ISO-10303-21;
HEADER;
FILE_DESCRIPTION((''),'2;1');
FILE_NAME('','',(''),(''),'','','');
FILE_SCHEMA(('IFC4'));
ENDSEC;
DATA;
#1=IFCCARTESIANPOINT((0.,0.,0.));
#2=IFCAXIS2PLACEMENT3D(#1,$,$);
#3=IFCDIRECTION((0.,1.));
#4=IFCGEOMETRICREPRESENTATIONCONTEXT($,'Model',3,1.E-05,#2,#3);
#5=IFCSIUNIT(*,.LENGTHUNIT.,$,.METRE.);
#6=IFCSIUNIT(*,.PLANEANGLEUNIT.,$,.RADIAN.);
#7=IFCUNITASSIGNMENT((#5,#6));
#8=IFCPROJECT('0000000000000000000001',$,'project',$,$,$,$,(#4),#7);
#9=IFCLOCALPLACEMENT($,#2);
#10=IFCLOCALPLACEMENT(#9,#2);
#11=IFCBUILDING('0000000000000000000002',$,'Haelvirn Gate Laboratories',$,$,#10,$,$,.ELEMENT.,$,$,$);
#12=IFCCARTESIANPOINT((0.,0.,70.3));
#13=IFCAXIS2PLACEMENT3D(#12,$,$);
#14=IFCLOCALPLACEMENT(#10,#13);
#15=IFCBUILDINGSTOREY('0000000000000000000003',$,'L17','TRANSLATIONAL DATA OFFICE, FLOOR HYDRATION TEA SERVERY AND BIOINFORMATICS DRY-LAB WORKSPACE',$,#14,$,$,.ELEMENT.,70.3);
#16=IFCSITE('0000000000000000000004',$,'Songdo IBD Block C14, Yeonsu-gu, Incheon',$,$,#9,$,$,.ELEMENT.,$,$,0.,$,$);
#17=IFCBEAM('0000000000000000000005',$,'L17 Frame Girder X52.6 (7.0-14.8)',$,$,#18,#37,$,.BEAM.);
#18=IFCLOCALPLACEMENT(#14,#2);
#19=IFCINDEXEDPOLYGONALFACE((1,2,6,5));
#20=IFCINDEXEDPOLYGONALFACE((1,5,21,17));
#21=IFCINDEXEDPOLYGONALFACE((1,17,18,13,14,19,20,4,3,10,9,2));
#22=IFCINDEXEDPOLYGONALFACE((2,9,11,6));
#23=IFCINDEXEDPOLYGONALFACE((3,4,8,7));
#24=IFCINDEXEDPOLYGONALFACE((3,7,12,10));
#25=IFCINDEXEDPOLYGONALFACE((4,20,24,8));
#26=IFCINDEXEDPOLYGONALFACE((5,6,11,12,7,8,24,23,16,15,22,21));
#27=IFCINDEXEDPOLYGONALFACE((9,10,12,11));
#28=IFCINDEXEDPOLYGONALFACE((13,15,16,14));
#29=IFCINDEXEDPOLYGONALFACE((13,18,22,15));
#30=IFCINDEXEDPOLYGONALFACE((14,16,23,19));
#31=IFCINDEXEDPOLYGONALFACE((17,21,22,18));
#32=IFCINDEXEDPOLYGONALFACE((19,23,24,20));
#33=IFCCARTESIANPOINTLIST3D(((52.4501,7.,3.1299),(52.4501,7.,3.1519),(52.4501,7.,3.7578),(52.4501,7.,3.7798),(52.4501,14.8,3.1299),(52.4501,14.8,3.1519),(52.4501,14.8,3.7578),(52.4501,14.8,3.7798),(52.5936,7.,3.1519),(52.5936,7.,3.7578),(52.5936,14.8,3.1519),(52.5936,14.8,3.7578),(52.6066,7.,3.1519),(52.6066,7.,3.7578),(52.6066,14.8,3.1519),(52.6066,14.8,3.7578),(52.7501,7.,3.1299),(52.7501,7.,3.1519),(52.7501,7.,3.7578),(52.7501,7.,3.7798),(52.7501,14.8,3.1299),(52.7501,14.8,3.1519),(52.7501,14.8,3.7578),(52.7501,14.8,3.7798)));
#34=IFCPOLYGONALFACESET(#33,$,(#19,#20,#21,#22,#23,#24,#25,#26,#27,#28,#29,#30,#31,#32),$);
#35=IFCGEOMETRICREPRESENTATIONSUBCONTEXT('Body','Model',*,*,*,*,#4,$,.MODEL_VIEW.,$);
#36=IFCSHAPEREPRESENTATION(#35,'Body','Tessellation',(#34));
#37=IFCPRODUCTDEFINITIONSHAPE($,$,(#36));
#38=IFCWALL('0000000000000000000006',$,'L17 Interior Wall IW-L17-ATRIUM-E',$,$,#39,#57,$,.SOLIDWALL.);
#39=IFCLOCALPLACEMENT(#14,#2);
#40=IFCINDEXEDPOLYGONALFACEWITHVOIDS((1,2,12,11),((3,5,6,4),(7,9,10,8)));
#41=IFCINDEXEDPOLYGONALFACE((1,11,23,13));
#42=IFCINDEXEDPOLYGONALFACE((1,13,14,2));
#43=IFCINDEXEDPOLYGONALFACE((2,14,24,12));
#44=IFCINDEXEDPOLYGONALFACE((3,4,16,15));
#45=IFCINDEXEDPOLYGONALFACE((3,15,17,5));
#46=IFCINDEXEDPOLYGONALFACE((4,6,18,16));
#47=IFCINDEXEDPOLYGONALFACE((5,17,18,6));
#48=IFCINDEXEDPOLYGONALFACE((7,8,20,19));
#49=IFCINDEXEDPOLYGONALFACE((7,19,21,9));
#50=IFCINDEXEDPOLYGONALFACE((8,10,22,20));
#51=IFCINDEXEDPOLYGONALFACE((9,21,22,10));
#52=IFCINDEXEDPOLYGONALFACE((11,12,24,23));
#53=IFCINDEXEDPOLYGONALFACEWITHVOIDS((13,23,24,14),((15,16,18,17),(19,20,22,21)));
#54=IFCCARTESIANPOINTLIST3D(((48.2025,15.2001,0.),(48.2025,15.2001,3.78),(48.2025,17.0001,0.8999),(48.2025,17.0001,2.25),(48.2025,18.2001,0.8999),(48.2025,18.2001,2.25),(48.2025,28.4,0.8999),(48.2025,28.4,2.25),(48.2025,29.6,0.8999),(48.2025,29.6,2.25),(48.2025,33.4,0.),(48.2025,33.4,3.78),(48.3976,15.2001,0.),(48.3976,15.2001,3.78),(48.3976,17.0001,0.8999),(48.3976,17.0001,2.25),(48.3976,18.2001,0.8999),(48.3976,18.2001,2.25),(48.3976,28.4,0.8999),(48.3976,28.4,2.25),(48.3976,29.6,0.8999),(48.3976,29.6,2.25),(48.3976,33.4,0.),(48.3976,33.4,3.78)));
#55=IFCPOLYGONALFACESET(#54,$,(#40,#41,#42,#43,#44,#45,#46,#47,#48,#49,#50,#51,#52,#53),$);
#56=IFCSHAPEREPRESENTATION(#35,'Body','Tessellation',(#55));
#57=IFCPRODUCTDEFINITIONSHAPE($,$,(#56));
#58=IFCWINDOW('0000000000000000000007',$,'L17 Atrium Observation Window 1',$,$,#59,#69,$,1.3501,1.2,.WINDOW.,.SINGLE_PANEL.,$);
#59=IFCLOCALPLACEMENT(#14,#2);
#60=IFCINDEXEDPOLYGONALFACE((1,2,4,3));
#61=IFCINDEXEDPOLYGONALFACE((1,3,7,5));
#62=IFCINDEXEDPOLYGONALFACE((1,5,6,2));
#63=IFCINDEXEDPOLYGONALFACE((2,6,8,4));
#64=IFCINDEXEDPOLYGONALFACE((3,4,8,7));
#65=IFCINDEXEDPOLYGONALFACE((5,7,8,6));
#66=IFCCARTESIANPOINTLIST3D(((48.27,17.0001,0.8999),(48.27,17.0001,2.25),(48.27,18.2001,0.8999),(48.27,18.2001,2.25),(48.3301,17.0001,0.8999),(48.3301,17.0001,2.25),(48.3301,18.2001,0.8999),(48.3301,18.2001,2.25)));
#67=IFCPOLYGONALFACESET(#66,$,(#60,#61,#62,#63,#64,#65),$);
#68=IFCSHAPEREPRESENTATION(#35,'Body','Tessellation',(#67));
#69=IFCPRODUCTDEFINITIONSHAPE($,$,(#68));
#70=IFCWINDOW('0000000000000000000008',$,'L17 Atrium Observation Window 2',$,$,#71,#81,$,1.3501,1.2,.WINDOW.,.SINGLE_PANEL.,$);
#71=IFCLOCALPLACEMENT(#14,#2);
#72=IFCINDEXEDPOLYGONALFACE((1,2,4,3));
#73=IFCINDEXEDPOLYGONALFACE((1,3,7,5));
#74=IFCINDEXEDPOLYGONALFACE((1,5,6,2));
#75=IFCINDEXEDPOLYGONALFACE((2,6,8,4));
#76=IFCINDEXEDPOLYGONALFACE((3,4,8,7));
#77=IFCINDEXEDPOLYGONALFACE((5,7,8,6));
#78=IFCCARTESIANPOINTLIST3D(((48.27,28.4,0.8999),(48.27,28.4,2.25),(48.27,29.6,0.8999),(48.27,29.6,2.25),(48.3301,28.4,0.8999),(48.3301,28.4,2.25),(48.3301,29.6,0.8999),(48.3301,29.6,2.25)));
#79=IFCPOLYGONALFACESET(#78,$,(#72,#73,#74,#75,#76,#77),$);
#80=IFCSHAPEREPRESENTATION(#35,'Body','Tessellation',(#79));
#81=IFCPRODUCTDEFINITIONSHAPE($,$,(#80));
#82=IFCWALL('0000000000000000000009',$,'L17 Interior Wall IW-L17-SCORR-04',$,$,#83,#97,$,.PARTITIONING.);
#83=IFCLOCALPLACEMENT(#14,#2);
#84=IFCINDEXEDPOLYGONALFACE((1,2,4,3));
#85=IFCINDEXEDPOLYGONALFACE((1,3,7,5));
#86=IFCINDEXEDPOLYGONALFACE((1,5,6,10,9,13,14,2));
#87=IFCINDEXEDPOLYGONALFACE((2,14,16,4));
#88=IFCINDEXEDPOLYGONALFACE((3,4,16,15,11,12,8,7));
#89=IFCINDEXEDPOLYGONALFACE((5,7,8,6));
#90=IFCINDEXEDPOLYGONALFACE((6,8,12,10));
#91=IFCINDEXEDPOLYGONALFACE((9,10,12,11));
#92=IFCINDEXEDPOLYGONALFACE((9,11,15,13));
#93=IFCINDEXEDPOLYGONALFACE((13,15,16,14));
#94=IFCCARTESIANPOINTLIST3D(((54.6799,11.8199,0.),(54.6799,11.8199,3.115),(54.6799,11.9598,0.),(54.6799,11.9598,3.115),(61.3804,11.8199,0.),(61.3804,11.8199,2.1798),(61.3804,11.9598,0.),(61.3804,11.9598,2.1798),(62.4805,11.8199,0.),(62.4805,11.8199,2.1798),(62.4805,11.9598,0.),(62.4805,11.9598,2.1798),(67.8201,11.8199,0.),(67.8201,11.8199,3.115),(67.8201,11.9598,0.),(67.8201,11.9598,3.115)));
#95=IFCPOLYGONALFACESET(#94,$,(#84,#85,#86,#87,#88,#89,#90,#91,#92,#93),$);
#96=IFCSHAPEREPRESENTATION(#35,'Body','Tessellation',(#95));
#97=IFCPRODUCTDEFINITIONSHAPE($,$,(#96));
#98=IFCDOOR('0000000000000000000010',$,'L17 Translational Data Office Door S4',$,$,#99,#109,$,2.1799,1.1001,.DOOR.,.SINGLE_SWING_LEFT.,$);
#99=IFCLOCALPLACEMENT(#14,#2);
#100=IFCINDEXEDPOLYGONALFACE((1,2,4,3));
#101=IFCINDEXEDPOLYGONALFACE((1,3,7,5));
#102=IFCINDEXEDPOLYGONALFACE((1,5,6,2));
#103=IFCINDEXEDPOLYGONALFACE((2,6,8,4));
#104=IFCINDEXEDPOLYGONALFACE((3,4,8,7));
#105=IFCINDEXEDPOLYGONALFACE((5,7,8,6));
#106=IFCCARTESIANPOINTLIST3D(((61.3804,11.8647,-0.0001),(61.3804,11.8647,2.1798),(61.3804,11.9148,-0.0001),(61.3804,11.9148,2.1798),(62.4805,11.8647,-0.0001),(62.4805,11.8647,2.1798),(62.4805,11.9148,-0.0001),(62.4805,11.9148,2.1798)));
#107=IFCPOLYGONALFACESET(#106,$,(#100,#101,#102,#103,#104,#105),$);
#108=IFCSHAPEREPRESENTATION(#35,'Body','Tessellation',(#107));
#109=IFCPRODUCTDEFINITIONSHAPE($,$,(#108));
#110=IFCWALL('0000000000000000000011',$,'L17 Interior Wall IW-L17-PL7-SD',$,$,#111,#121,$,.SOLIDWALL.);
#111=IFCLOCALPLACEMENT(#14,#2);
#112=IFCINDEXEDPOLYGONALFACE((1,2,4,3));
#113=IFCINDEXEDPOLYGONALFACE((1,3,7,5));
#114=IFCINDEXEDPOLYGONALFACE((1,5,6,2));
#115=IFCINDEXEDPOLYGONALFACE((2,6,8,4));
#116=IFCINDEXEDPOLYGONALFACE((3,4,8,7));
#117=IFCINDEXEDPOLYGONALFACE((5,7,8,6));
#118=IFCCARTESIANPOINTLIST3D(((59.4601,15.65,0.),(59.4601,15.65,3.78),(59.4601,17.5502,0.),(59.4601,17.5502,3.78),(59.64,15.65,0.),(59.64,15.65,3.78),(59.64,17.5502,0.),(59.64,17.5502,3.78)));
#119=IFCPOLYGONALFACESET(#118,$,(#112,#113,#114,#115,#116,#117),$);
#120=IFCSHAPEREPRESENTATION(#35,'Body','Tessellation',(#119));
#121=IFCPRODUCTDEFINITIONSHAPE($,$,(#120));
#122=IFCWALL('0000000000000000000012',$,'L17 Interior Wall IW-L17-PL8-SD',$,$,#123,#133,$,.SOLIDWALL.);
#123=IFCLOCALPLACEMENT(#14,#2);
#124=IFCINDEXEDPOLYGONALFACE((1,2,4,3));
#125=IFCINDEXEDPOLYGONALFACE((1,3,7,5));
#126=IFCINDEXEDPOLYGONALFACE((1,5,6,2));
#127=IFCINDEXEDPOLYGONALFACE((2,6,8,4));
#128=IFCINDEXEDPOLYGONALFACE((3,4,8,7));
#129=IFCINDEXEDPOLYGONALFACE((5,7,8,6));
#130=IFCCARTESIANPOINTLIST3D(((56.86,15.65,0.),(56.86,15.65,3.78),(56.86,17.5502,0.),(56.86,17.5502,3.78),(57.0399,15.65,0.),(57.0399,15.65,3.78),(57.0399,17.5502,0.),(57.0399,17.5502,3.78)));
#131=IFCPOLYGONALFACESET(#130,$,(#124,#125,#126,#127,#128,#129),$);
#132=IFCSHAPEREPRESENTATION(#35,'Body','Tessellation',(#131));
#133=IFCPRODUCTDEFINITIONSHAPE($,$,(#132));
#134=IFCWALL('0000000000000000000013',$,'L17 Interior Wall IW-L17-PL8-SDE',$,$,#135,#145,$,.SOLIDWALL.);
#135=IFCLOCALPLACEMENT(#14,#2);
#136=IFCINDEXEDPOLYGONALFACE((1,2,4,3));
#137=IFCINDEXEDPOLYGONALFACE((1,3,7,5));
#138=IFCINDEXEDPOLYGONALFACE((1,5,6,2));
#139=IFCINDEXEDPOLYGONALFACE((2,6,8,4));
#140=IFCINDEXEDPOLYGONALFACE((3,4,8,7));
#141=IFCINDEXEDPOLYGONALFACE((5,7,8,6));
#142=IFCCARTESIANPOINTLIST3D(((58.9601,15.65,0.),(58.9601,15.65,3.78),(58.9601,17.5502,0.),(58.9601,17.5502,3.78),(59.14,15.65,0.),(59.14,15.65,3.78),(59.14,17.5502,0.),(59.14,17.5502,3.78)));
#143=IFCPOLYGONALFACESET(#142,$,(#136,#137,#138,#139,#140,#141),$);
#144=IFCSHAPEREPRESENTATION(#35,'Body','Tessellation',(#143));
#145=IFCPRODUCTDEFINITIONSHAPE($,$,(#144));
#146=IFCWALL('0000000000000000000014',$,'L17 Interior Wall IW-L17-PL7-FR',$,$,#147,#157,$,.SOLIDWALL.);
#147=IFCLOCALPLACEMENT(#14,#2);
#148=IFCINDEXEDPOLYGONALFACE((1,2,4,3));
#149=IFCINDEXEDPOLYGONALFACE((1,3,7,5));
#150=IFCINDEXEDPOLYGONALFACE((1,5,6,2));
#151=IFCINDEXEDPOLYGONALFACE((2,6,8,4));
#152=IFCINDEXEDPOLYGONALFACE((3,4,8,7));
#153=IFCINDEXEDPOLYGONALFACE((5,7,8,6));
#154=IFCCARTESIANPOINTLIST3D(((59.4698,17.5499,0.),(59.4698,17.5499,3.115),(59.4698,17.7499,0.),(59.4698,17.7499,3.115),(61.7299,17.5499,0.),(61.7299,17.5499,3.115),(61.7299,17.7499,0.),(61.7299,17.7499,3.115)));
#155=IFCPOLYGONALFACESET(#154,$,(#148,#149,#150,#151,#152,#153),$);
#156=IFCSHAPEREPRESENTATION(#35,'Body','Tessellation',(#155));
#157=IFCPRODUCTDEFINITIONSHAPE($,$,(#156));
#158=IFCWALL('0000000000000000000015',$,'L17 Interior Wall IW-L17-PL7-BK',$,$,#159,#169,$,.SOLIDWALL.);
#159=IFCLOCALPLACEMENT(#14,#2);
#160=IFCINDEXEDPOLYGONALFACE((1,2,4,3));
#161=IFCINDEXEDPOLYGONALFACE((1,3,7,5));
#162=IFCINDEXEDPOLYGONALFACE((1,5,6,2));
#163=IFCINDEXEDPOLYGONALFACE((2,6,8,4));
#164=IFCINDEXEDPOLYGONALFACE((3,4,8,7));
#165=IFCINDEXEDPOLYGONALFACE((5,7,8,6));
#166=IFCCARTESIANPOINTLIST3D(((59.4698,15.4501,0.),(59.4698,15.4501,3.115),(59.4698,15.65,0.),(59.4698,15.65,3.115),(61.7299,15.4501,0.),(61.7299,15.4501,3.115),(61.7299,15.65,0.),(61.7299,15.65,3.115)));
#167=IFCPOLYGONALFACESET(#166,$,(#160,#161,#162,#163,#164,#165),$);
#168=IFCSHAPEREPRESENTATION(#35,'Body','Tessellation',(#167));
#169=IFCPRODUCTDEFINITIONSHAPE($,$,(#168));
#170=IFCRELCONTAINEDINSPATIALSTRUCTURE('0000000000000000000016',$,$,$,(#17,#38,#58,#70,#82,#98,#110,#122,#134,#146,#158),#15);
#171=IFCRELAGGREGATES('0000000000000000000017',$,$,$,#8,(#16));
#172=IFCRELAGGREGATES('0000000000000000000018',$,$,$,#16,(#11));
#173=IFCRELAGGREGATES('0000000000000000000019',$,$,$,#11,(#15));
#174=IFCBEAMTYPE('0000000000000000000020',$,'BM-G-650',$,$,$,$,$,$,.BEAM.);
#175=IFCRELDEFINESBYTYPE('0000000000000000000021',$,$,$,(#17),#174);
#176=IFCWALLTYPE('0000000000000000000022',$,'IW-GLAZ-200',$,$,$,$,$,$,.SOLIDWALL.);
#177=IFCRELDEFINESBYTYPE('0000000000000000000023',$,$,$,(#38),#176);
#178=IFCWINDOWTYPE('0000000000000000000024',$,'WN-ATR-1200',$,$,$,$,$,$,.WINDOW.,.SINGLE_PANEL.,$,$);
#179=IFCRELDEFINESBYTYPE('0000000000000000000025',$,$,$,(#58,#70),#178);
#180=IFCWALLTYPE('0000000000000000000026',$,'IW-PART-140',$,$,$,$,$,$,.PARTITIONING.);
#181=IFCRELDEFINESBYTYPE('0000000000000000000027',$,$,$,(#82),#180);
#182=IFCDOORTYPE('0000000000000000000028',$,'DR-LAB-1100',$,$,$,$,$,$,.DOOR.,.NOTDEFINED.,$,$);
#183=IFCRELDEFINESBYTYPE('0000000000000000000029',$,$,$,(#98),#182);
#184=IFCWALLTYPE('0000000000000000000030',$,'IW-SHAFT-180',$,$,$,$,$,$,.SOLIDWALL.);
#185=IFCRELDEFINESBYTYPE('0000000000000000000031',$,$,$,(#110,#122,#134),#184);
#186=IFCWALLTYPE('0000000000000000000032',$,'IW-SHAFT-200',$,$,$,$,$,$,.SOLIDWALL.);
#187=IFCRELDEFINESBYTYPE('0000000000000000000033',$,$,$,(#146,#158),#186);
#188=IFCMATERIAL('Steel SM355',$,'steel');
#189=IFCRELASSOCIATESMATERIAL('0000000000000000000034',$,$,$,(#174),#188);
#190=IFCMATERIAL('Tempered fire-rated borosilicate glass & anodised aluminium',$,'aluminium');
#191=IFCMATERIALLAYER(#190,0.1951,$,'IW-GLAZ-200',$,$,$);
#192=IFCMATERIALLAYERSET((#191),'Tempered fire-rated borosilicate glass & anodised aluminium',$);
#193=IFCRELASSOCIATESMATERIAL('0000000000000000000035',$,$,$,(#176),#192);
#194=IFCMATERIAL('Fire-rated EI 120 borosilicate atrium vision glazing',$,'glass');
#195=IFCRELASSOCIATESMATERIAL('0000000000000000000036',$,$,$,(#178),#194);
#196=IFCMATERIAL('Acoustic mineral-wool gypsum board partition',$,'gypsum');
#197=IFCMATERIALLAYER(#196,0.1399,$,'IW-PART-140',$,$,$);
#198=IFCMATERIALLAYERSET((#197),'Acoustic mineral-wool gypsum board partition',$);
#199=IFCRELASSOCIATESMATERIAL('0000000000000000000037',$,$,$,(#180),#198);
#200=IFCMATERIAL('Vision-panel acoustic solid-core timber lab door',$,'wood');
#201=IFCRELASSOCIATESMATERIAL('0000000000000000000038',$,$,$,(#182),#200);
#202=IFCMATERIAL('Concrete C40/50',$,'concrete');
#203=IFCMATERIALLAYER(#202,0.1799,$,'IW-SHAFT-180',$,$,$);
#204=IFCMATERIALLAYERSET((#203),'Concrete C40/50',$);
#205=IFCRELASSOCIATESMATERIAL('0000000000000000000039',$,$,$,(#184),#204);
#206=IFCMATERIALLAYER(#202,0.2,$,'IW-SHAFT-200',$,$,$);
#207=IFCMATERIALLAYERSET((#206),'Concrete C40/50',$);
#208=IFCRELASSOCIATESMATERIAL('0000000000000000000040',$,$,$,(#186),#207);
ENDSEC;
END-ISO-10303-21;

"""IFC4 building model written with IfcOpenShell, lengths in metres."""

from ifc_helpers import new_model, si_unit, direction, frame, frame_2d, origin, origin_2d, place, context, subcontext, project, spatial, rectangle, i_section, extrude, source, transform, mapped, material, layer, layer_set, material_profile, profile_set, type_object, type_shapes, element, fill, save


model = new_model("IFC4")

# Units and contexts
model_context = context("Model", 3, precision=1e-05, world=origin(), true_north=direction((0.0, 1.0)))
body_context = subcontext(model_context, "Body", "Model", "MODEL_VIEW")
ifc_project = project(units=[si_unit("LENGTHUNIT", "METRE"), si_unit("PLANEANGLEUNIT", "RADIAN")], contexts=[model_context])

# Site, building, storey
site_placement = place(None, origin())
site = spatial("IfcSite", under=ifc_project, at=site_placement, Name="Songdo IBD Block C14, Yeonsu-gu, Incheon", CompositionType="ELEMENT", RefElevation=0.0)
building_placement = place(site_placement, origin())
building = spatial("IfcBuilding", under=site, at=building_placement, Name="Haelvirn Gate Laboratories", CompositionType="ELEMENT")
storey_placement = place(building_placement, frame((0.0, 0.0, 70.3)))
storey = spatial("IfcBuildingStorey", under=building, at=storey_placement, Name="L17", Description="TRANSLATIONAL DATA OFFICE, FLOOR HYDRATION TEA SERVERY AND BIOINFORMATICS DRY-LAB WORKSPACE", CompositionType="ELEMENT", Elevation=70.3)

# Beam
ifc_material_1 = material(Name="Steel SM355", Category="steel")
ifc_material_profile_1 = material_profile(ifc_material_1, i_section(OverallWidth=0.3, OverallDepth=0.6499, WebThickness=0.0129, FlangeThickness=0.022, at=origin_2d()), Name="H-650x300x13x22")
ifc_profile_set_1 = profile_set([ifc_material_profile_1], Name="Steel SM355")
beam_type_1 = type_object("IfcBeamType", Name="BM-G-650", PredefinedType="BEAM", material=ifc_profile_set_1)
shared_shape_1 = source(origin(), body_context, "Body", "SweptSolid", [
    extrude(i_section(OverallWidth=0.3, OverallDepth=0.6499, WebThickness=0.0129, FlangeThickness=0.022, at=origin_2d()), origin(), (0.0, 0.0, 1.0), 7.8),
])
type_shapes(beam_type_1, [shared_shape_1])
beam_placement = place(storey_placement, frame((52.6001, 7.0, 3.4548), z_axis=(0.0, 1.0, 0.0), x_axis=(-1.0, 0.0, 0.0)))
element("IfcBeam", 1, at=beam_placement, inside=storey, type_object=beam_type_1, Name="L17 Frame Girder X52.6 (7.0-14.8)", PredefinedType="BEAM", context=body_context, shape_type="MappedRepresentation", body=[
    mapped(shared_shape_1, transform((0.0, 0.0, 0.0), scale=1.0)),
])

# Wall, openings, windows
ifc_material_2 = material(Name="Tempered fire-rated borosilicate glass & anodised aluminium", Category="aluminium")
ifc_layer_1 = layer(ifc_material_2, 0.1951, Name="IW-GLAZ-200")
ifc_layer_set_1 = layer_set([ifc_layer_1], Name="Tempered fire-rated borosilicate glass & anodised aluminium")
wall_type_1 = type_object("IfcWallType", Name="IW-GLAZ-200", PredefinedType="SOLIDWALL", material=ifc_layer_set_1)
wall_1_placement = place(storey_placement, frame((48.3, 15.2, 0.0), z_axis=(0.0, 0.0, 1.0), x_axis=(0.0, 1.0, 0.0)))
wall_1 = element("IfcWall", 2, at=wall_1_placement, inside=storey, type_object=wall_type_1, Name="L17 Interior Wall IW-L17-ATRIUM-E", PredefinedType="SOLIDWALL", context=body_context, shape_type="SweptSolid", body=[
    extrude(rectangle(XDim=18.2, YDim=0.1951, at=frame_2d((9.1001, 0.0))), origin(), (0.0, 0.0, 1.0), 3.78),
])
opening_1_placement = place(wall_1_placement, frame((1.8, 0.0, 0.8999)))
opening_1 = element("IfcOpeningElement", 3, at=opening_1_placement, cuts=wall_1, PredefinedType="OPENING", context=body_context, shape_type="SweptSolid", body=[
    extrude(rectangle(XDim=1.2, YDim=1.3501, at=frame_2d((0.6001, 0.675))), frame((0.0, 0.1074, 0.0), z_axis=(0.0, -1.0, 0.0), x_axis=(1.0, 0.0, 0.0)), (0.0, 0.0, 1.0), 0.2151),
])
opening_2_placement = place(wall_1_placement, frame((13.2, 0.0, 0.8999)))
opening_2 = element("IfcOpeningElement", 4, at=opening_2_placement, cuts=wall_1, PredefinedType="OPENING", context=body_context, shape_type="SweptSolid", body=[
    extrude(rectangle(XDim=1.2, YDim=1.3501, at=frame_2d((0.6001, 0.675))), frame((0.0, 0.1074, 0.0), z_axis=(0.0, -1.0, 0.0), x_axis=(1.0, 0.0, 0.0)), (0.0, 0.0, 1.0), 0.2151),
])
ifc_material_3 = material(Name="Fire-rated EI 120 borosilicate atrium vision glazing", Category="glass")
window_type = type_object("IfcWindowType", Name="WN-ATR-1200", PartitioningType="SINGLE_PANEL", PredefinedType="WINDOW", material=ifc_material_3)
shared_shape_2 = source(origin(), body_context, "Body", "SweptSolid", [
    extrude(rectangle(XDim=1.2, YDim=1.3501, at=frame_2d((0.6001, 0.675))), frame((0.0, 0.03, 0.0), z_axis=(0.0, -1.0, 0.0), x_axis=(1.0, 0.0, 0.0)), (0.0, 0.0, 1.0), 0.0601),
])
type_shapes(window_type, [shared_shape_2])
window_1_placement = place(opening_1_placement, origin())
window_1 = element("IfcWindow", 5, at=window_1_placement, inside=storey, type_object=window_type, Name="L17 Atrium Observation Window 1", OverallHeight=1.3501, OverallWidth=1.2, PartitioningType="SINGLE_PANEL", PredefinedType="WINDOW", context=body_context, shape_type="MappedRepresentation", body=[
    mapped(shared_shape_2, transform((0.0, 0.0, 0.0), scale=1.0)),
])
fill(opening_1, window_1)
window_2_placement = place(opening_2_placement, origin())
window_2 = element("IfcWindow", 6, at=window_2_placement, inside=storey, type_object=window_type, Name="L17 Atrium Observation Window 2", OverallHeight=1.3501, OverallWidth=1.2, PartitioningType="SINGLE_PANEL", PredefinedType="WINDOW", context=body_context, shape_type="MappedRepresentation", body=[
    mapped(shared_shape_2, transform((0.0, 0.0, 0.0), scale=1.0)),
])
fill(opening_2, window_2)

# Wall, opening, door
ifc_material_4 = material(Name="Acoustic mineral-wool gypsum board partition", Category="gypsum")
ifc_layer_2 = layer(ifc_material_4, 0.1399, Name="IW-PART-140")
ifc_layer_set_2 = layer_set([ifc_layer_2], Name="Acoustic mineral-wool gypsum board partition")
wall_type_2 = type_object("IfcWallType", Name="IW-PART-140", PredefinedType="PARTITIONING", material=ifc_layer_set_2)
wall_2_placement = place(storey_placement, frame((54.6799, 11.8899, 0.0), z_axis=(0.0, 0.0, 1.0), x_axis=(1.0, 0.0, 0.0)))
wall_2 = element("IfcWall", 7, at=wall_2_placement, inside=storey, type_object=wall_type_2, Name="L17 Interior Wall IW-L17-SCORR-04", PredefinedType="PARTITIONING", context=body_context, shape_type="SweptSolid", body=[
    extrude(rectangle(XDim=13.1401, YDim=0.1399, at=frame_2d((6.5701, 0.0))), origin(), (0.0, 0.0, 1.0), 3.115),
])
opening_3_placement = place(wall_2_placement, frame((6.7004, 0.0, 0.0)))
opening_3 = element("IfcOpeningElement", 8, at=opening_3_placement, cuts=wall_2, PredefinedType="OPENING", context=body_context, shape_type="SweptSolid", body=[
    extrude(rectangle(XDim=1.1001, YDim=2.1799, at=frame_2d((0.55, 1.0898))), frame((0.0, 0.0801, 0.0), z_axis=(0.0, -1.0, 0.0), x_axis=(1.0, 0.0, 0.0)), (0.0, 0.0, 1.0), 0.1599),
])
ifc_material_5 = material(Name="Vision-panel acoustic solid-core timber lab door", Category="wood")
door_type_1 = type_object("IfcDoorType", Name="DR-LAB-1100", OperationType="NOTDEFINED", PredefinedType="DOOR", material=ifc_material_5)
shared_shape_3 = source(origin(), body_context, "Body", "SweptSolid", [
    extrude(rectangle(XDim=1.1001, YDim=2.1799, at=frame_2d((0.55, 1.0898))), frame((0.0, 0.0249, 0.0), z_axis=(0.0, -1.0, 0.0), x_axis=(1.0, 0.0, 0.0)), (0.0, 0.0, 1.0), 0.05),
])
type_shapes(door_type_1, [shared_shape_3])
door_1_placement = place(opening_3_placement, origin())
door_1 = element("IfcDoor", 9, at=door_1_placement, inside=storey, type_object=door_type_1, Name="L17 Translational Data Office Door S4", OperationType="SINGLE_SWING_LEFT", OverallHeight=2.1799, OverallWidth=1.1001, PredefinedType="DOOR", context=body_context, shape_type="MappedRepresentation", body=[
    mapped(shared_shape_3, transform((0.0, 0.0, 0.0), scale=1.0)),
])
fill(opening_3, door_1)

# Walls
ifc_material_6 = material(Name="Concrete C40/50", Category="concrete")
ifc_layer_3 = layer(ifc_material_6, 0.1799, Name="IW-SHAFT-180")
ifc_layer_set_3 = layer_set([ifc_layer_3], Name="Concrete C40/50")
wall_type_3 = type_object("IfcWallType", Name="IW-SHAFT-180", PredefinedType="SOLIDWALL", material=ifc_layer_set_3)
for number, where, z_axis, x_axis, name in (
    (10, (59.55, 15.6499, 0.0), (0.0, 0.0, 1.0), (0.0, 1.0, 0.0), "L17 Interior Wall IW-L17-PL7-SD"),
    (11, (56.95, 15.6499, 0.0), (0.0, 0.0, 1.0), (0.0, 1.0, 0.0), "L17 Interior Wall IW-L17-PL8-SD"),
    (12, (59.05, 15.6499, 0.0), (0.0, 0.0, 1.0), (0.0, 1.0, 0.0), "L17 Interior Wall IW-L17-PL8-SDE"),
):
    element("IfcWall", number, at=place(storey_placement, frame(where, z_axis=z_axis, x_axis=x_axis)), inside=storey, type_object=wall_type_3, Name=name, PredefinedType="SOLIDWALL", context=body_context, shape_type="SweptSolid", body=[
        extrude(rectangle(XDim=1.9001, YDim=0.1799, at=frame_2d((0.9502, 0.0))), origin(), (0.0, 0.0, 1.0), 3.78),
    ])
ifc_layer_4 = layer(ifc_material_6, 0.2, Name="IW-SHAFT-200")
ifc_layer_set_4 = layer_set([ifc_layer_4], Name="Concrete C40/50")
wall_type_4 = type_object("IfcWallType", Name="IW-SHAFT-200", PredefinedType="SOLIDWALL", material=ifc_layer_set_4)
for number, where, z_axis, x_axis, name in (
    (13, (59.47, 17.6499, 0.0), (0.0, 0.0, 1.0), (1.0, 0.0, 0.0), "L17 Interior Wall IW-L17-PL7-FR"),
    (14, (59.47, 15.55, 0.0), (0.0, 0.0, 1.0), (1.0, 0.0, 0.0), "L17 Interior Wall IW-L17-PL7-BK"),
):
    element("IfcWall", number, at=place(storey_placement, frame(where, z_axis=z_axis, x_axis=x_axis)), inside=storey, type_object=wall_type_4, Name=name, PredefinedType="SOLIDWALL", context=body_context, shape_type="SweptSolid", body=[
        extrude(rectangle(XDim=2.26, YDim=0.2, at=frame_2d((1.1299, 0.0))), origin(), (0.0, 0.0, 1.0), 3.115),
    ])

save(model, "model.ifc")
